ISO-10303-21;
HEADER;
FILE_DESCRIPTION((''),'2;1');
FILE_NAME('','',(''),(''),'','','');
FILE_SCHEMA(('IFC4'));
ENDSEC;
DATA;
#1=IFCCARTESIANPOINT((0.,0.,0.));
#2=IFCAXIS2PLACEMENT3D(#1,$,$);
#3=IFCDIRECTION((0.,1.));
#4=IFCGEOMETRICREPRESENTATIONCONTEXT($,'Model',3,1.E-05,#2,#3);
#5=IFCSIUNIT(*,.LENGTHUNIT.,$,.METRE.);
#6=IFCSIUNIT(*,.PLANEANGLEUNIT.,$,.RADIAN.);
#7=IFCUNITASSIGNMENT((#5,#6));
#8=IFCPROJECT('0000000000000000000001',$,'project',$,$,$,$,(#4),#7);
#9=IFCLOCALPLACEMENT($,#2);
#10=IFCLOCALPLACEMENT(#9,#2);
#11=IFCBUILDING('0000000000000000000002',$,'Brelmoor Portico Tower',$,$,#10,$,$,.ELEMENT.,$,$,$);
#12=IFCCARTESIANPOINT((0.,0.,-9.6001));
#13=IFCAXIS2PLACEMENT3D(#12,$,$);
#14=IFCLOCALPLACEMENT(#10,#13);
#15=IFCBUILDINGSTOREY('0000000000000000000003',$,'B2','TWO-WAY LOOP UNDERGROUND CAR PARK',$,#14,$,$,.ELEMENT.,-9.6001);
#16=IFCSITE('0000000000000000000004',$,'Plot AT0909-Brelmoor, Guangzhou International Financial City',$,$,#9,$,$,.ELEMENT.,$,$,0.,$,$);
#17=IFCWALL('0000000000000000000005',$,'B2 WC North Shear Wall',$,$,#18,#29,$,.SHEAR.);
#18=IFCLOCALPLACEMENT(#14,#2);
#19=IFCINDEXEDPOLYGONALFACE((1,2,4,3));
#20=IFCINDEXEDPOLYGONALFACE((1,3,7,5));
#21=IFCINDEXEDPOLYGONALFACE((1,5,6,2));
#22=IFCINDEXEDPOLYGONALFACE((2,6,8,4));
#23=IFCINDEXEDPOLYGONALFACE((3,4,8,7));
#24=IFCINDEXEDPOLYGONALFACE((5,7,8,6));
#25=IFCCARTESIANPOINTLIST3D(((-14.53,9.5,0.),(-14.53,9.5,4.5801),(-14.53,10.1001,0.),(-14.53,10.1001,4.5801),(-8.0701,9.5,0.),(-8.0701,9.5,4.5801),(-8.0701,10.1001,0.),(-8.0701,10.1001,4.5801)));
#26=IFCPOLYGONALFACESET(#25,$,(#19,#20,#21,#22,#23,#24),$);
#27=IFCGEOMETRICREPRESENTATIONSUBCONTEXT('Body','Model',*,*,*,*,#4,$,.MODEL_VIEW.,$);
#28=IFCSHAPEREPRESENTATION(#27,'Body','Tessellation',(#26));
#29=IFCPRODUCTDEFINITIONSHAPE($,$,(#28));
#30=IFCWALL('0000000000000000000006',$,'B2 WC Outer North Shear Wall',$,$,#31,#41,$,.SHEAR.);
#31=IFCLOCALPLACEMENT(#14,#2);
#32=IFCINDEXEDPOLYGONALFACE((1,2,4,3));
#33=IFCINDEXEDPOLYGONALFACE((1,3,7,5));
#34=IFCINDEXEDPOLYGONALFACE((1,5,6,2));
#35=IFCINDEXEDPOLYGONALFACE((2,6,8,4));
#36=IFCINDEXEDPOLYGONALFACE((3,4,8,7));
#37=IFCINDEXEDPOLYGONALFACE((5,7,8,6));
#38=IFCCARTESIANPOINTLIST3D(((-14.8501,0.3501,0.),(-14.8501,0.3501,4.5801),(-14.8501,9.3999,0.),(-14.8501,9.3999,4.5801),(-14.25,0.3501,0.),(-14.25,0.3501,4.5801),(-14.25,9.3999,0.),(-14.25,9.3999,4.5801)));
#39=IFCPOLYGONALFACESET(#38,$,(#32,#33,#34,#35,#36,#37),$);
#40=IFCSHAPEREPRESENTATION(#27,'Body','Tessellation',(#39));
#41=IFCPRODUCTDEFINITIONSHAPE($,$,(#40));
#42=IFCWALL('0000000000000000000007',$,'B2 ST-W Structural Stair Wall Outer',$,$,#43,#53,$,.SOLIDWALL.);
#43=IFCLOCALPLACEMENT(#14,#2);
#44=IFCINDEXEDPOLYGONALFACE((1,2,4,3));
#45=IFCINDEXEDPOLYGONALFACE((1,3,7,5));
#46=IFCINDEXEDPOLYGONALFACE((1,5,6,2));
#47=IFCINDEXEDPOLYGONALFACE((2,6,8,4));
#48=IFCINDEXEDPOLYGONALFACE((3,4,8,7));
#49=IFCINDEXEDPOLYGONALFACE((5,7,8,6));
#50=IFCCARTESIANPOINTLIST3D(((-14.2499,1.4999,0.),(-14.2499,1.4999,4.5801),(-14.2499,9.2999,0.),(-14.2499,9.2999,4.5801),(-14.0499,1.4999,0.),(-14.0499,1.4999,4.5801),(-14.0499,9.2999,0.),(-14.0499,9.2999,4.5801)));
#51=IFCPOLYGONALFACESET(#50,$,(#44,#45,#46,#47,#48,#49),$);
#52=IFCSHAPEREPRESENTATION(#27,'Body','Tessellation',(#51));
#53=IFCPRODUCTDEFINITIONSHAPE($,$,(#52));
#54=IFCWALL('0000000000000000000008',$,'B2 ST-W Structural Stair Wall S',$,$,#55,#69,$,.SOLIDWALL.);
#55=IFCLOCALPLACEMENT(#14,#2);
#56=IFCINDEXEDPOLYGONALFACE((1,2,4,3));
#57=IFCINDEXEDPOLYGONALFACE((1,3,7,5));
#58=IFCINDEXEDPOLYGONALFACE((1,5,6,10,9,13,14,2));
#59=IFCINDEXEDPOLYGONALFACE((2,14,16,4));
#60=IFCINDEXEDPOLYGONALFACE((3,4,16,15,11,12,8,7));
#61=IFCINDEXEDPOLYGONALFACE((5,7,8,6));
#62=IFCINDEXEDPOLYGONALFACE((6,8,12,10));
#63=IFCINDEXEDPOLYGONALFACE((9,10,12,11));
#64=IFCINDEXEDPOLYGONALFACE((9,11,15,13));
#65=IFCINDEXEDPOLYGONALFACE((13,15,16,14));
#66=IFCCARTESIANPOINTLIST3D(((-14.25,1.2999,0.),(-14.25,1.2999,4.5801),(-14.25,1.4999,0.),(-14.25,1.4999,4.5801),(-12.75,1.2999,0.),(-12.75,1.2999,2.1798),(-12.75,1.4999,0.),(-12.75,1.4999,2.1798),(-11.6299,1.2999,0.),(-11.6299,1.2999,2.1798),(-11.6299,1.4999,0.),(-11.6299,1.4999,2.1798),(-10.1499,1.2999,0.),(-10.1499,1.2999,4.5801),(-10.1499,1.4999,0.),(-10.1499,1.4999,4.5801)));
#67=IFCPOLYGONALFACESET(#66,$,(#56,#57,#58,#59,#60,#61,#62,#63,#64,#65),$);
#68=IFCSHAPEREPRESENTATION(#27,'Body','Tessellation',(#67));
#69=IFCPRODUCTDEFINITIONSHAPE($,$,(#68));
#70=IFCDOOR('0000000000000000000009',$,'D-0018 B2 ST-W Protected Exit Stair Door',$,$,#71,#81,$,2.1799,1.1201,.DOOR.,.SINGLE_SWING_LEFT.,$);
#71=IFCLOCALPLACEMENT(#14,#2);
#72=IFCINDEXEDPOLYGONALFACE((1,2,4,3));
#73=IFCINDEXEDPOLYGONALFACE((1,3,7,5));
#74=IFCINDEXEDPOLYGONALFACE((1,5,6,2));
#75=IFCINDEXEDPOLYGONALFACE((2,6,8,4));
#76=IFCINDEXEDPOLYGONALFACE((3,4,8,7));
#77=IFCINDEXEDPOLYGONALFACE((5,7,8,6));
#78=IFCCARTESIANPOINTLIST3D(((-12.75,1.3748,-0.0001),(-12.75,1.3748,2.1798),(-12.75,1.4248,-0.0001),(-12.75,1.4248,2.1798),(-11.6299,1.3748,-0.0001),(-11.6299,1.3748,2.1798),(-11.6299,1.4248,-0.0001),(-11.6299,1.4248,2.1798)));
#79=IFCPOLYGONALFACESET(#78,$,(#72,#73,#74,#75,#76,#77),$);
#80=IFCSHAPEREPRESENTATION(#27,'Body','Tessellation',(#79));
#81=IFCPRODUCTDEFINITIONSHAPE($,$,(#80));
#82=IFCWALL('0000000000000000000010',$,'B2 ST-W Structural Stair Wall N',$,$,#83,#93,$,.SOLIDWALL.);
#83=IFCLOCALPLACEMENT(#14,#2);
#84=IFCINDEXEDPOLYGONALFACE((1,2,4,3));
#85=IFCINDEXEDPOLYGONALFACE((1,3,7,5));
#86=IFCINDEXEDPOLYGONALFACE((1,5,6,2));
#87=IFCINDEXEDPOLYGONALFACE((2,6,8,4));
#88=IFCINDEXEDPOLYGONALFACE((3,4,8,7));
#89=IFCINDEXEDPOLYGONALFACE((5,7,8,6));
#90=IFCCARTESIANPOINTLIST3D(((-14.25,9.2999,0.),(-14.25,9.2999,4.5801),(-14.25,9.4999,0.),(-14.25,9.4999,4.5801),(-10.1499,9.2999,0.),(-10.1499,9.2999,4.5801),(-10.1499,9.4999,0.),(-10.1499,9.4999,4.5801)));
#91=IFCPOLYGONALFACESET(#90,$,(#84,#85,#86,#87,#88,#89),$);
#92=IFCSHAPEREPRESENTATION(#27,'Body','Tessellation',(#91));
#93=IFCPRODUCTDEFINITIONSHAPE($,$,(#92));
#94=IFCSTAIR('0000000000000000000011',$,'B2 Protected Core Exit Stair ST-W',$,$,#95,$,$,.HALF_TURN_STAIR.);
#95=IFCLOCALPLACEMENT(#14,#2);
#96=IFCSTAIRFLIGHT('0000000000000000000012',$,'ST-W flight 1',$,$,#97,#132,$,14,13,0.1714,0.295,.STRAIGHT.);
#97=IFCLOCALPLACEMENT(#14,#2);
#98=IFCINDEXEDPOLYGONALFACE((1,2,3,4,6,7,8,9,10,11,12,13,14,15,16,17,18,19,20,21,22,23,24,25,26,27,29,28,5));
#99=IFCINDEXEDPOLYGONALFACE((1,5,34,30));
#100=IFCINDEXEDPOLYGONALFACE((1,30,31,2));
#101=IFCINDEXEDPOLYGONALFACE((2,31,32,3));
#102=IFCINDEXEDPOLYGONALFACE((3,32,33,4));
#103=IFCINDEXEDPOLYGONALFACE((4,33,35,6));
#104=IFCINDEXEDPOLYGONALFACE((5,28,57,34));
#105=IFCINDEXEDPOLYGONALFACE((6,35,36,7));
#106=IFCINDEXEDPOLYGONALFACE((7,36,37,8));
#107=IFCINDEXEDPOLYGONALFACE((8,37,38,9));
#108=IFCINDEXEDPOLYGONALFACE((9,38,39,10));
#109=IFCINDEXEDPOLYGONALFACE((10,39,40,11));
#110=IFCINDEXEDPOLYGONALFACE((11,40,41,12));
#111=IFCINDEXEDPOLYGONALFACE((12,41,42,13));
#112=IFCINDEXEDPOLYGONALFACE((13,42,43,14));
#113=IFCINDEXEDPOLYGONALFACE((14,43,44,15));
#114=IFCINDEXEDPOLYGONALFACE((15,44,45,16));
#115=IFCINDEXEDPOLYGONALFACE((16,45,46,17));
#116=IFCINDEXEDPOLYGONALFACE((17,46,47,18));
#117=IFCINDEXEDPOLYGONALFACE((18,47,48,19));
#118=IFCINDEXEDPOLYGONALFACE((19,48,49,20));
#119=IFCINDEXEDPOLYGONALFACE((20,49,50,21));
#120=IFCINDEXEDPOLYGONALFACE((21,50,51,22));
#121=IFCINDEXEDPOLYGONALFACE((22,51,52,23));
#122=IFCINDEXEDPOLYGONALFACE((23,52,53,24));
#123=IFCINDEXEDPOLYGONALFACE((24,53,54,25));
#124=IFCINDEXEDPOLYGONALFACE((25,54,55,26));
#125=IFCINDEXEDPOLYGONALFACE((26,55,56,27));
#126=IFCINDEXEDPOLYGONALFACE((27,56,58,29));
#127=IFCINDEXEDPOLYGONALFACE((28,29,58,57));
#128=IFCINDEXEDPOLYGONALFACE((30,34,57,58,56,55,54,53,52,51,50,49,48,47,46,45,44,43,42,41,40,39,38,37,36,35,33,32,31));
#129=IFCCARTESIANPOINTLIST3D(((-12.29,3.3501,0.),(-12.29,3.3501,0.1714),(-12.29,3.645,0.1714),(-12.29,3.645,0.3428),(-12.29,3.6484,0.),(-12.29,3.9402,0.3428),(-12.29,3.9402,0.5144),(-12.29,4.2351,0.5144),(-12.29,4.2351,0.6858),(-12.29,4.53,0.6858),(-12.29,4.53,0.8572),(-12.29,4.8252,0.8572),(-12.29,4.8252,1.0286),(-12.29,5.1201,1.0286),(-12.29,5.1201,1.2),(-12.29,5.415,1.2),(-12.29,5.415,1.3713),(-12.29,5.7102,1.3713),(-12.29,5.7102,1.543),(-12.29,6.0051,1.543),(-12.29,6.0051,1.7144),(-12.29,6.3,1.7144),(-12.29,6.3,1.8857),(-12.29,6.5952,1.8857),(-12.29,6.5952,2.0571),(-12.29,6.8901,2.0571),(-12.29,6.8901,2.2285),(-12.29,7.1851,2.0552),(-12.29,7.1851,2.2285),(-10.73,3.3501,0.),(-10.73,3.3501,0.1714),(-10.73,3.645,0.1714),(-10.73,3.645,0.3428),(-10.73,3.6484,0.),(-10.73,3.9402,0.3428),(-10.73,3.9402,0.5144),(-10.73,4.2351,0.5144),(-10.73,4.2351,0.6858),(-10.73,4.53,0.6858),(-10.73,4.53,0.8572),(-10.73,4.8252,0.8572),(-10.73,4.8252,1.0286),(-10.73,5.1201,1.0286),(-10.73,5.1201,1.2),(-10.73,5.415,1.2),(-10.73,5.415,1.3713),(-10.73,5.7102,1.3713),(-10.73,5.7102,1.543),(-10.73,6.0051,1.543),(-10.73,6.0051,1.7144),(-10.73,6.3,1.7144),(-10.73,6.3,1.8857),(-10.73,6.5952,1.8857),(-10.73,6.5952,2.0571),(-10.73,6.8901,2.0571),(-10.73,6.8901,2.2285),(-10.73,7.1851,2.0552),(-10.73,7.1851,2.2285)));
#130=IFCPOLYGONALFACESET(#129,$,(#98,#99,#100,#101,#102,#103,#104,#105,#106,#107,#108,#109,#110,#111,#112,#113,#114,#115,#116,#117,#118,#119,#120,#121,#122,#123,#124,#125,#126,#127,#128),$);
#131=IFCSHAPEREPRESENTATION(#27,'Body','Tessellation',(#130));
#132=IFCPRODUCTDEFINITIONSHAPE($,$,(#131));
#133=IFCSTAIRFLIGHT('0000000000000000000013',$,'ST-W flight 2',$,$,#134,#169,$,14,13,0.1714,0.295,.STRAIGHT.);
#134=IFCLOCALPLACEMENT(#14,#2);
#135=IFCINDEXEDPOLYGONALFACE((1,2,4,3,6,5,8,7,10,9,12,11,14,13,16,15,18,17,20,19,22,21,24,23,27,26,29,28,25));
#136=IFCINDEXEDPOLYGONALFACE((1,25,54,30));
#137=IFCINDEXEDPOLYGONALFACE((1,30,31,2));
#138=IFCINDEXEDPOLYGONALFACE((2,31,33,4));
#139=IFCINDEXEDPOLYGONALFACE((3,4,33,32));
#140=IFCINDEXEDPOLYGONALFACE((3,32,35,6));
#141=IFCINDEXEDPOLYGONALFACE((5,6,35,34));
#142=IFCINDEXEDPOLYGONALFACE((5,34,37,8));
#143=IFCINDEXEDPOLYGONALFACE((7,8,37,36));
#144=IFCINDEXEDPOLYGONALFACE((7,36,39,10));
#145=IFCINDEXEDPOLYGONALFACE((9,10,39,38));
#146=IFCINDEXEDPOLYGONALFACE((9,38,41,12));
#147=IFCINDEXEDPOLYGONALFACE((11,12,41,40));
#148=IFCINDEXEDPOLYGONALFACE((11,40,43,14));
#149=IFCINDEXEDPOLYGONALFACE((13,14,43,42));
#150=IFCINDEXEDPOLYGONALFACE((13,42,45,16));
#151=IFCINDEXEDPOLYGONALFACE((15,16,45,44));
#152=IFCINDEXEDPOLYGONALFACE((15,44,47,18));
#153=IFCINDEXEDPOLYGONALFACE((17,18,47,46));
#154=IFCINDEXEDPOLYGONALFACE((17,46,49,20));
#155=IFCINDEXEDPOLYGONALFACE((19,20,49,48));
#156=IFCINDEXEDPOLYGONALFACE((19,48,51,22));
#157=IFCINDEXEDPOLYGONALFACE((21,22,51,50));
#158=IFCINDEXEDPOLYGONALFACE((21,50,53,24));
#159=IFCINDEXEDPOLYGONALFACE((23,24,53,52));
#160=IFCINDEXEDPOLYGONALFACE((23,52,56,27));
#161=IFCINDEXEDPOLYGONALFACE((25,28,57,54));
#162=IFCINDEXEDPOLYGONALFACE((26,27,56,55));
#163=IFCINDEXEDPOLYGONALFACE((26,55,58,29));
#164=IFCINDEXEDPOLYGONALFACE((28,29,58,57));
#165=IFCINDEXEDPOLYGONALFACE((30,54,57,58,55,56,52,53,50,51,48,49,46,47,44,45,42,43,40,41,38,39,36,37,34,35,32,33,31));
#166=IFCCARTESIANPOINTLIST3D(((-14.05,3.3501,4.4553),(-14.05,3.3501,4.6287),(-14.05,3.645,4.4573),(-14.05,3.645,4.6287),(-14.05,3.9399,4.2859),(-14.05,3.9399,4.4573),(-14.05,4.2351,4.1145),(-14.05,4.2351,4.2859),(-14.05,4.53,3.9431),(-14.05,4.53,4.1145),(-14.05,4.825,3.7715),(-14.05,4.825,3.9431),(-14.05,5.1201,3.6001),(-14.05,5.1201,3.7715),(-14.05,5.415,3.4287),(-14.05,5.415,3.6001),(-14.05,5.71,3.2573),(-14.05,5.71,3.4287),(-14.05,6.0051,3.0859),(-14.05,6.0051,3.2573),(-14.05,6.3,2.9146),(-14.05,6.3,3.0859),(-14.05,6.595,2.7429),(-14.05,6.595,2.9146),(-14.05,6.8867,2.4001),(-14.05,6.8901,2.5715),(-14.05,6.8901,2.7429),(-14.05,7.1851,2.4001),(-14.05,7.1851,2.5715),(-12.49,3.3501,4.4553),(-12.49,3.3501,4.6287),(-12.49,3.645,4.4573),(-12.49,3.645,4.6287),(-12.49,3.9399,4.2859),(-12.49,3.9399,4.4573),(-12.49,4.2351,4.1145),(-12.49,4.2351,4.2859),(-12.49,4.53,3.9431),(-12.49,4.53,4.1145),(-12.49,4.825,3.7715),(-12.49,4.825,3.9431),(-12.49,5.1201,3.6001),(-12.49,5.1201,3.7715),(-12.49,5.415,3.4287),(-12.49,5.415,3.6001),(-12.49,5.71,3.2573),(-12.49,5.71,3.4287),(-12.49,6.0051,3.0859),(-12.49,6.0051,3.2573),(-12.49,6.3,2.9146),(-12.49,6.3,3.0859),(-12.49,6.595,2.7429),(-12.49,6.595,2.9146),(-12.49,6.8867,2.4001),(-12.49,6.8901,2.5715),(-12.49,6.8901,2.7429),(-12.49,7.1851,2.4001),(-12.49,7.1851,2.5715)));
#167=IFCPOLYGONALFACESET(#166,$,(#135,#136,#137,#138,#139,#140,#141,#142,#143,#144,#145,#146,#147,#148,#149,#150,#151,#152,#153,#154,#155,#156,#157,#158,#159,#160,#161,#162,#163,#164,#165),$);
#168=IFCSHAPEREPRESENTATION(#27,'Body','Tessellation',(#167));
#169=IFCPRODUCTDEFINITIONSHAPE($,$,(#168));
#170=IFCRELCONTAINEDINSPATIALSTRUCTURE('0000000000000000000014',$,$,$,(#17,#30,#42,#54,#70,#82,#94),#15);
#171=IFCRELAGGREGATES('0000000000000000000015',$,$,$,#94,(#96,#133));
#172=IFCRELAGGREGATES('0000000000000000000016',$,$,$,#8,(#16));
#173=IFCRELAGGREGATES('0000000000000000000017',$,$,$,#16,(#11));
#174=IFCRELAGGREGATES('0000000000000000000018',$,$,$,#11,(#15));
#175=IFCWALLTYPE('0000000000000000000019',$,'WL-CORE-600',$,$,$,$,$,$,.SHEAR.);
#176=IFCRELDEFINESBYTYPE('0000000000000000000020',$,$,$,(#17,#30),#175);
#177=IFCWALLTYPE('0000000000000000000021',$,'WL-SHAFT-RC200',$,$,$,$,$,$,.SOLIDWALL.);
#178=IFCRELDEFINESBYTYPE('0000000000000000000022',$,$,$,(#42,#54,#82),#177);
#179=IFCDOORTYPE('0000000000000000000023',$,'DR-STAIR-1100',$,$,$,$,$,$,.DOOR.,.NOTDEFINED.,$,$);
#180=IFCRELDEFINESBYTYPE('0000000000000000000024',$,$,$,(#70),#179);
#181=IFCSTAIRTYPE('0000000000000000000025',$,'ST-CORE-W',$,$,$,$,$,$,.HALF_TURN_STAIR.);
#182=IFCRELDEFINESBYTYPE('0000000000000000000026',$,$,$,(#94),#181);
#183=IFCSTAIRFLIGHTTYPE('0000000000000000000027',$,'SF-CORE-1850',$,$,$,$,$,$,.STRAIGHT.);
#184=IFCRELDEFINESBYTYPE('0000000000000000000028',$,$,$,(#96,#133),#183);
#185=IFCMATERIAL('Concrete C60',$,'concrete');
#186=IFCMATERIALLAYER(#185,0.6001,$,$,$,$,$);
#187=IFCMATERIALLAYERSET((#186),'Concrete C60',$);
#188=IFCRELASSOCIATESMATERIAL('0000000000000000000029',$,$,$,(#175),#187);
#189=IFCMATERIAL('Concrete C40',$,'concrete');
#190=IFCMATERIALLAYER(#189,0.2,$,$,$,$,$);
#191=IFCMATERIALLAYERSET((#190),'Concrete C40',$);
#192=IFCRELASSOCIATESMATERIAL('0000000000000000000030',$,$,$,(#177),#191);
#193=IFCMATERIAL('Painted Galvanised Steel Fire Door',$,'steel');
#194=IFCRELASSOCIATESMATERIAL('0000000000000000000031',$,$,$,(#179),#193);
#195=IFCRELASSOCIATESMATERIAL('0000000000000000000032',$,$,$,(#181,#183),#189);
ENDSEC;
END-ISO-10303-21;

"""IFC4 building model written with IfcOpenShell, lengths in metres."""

from ifc_helpers import new_model, si_unit, direction, frame, frame_2d, origin, place, context, subcontext, project, spatial, polyline, rectangle, outline, extrude, material, layer, layer_set, type_object, element, fill, aggregate, save


model = new_model("IFC4")

# Units and contexts
model_context = context("Model", 3, precision=1e-05, world=origin(), true_north=direction((0.0, 1.0)))
body_context = subcontext(model_context, "Body", "Model", "MODEL_VIEW")
ifc_project = project(units=[si_unit("LENGTHUNIT", "METRE"), si_unit("PLANEANGLEUNIT", "RADIAN")], contexts=[model_context])

# Site, building, storey
site_placement = place(None, origin())
site = spatial("IfcSite", under=ifc_project, at=site_placement, Name="Plot AT0909-Brelmoor, Guangzhou International Financial City", CompositionType="ELEMENT", RefElevation=0.0)
building_placement = place(site_placement, origin())
building = spatial("IfcBuilding", under=site, at=building_placement, Name="Brelmoor Portico Tower", CompositionType="ELEMENT")
storey_placement = place(building_placement, frame((0.0, 0.0, -9.6001)))
storey = spatial("IfcBuildingStorey", under=building, at=storey_placement, Name="B2", Description="TWO-WAY LOOP UNDERGROUND CAR PARK", CompositionType="ELEMENT", Elevation=-9.6001)

# Walls
ifc_material_1 = material(Name="Concrete C60", Category="concrete")
ifc_layer_1 = layer(ifc_material_1, 0.6001)
ifc_layer_set_1 = layer_set([ifc_layer_1], Name="Concrete C60")
wall_type_1 = type_object("IfcWallType", Name="WL-CORE-600", PredefinedType="SHEAR", material=ifc_layer_set_1)
wall_1_placement = place(storey_placement, frame((-14.53, 9.8, 0.0), z_axis=(0.0, 0.0, 1.0), x_axis=(1.0, 0.0, 0.0)))
element("IfcWall", 1, at=wall_1_placement, inside=storey, type_object=wall_type_1, Name="B2 WC North Shear Wall", PredefinedType="SHEAR", context=body_context, shape_type="SweptSolid", body=[
    extrude(rectangle(XDim=6.46, YDim=0.6001, at=frame_2d((3.23, 0.0))), origin(), (0.0, 0.0, 1.0), 4.5801),
])
wall_2_placement = place(storey_placement, frame((-14.55, 0.3501, 0.0), z_axis=(0.0, 0.0, 1.0), x_axis=(0.0, 1.0, 0.0)))
element("IfcWall", 2, at=wall_2_placement, inside=storey, type_object=wall_type_1, Name="B2 WC Outer North Shear Wall", PredefinedType="SHEAR", context=body_context, shape_type="SweptSolid", body=[
    extrude(rectangle(XDim=9.0498, YDim=0.6001, at=frame_2d((4.5249, 0.0))), origin(), (0.0, 0.0, 1.0), 4.5801),
])
ifc_material_2 = material(Name="Concrete C40", Category="concrete")
ifc_layer_2 = layer(ifc_material_2, 0.2)
ifc_layer_set_2 = layer_set([ifc_layer_2], Name="Concrete C40")
wall_type_2 = type_object("IfcWallType", Name="WL-SHAFT-RC200", PredefinedType="SOLIDWALL", material=ifc_layer_set_2)
wall_3_placement = place(storey_placement, frame((-14.1499, 1.5, 0.0), z_axis=(0.0, 0.0, 1.0), x_axis=(0.0, 1.0, 0.0)))
element("IfcWall", 3, at=wall_3_placement, inside=storey, type_object=wall_type_2, Name="B2 ST-W Structural Stair Wall Outer", PredefinedType="SOLIDWALL", context=body_context, shape_type="SweptSolid", body=[
    extrude(rectangle(XDim=7.8, YDim=0.2, at=frame_2d((3.8999, 0.0))), origin(), (0.0, 0.0, 1.0), 4.5801),
])

# Wall, opening, door
wall_4_placement = place(storey_placement, frame((-14.25, 1.3999, 0.0), z_axis=(0.0, 0.0, 1.0), x_axis=(1.0, 0.0, 0.0)))
wall_4 = element("IfcWall", 4, at=wall_4_placement, inside=storey, type_object=wall_type_2, Name="B2 ST-W Structural Stair Wall S", PredefinedType="SOLIDWALL", context=body_context, shape_type="SweptSolid", body=[
    extrude(rectangle(XDim=4.1001, YDim=0.2, at=frame_2d((2.05, 0.0))), origin(), (0.0, 0.0, 1.0), 4.5801),
])
opening_placement = place(wall_4_placement, frame((1.5, 0.0, 0.0)))
opening = element("IfcOpeningElement", 5, at=opening_placement, cuts=wall_4, PredefinedType="OPENING", context=body_context, shape_type="SweptSolid", body=[
    extrude(rectangle(XDim=1.1201, YDim=2.1799, at=frame_2d((0.5601, 1.0898))), frame((0.0, 0.1099, 0.0), z_axis=(0.0, -1.0, 0.0), x_axis=(1.0, 0.0, 0.0)), (0.0, 0.0, 1.0), 0.22),
])
ifc_material_3 = material(Name="Painted Galvanised Steel Fire Door", Category="steel")
door_type = type_object("IfcDoorType", Name="DR-STAIR-1100", OperationType="NOTDEFINED", PredefinedType="DOOR", material=ifc_material_3)
door_placement = place(opening_placement, origin())
door = element("IfcDoor", 6, at=door_placement, inside=storey, type_object=door_type, Name="D-0018 B2 ST-W Protected Exit Stair Door", OperationType="SINGLE_SWING_LEFT", OverallHeight=2.1799, OverallWidth=1.1201, PredefinedType="DOOR", context=body_context, shape_type="SweptSolid", body=[
    extrude(rectangle(XDim=1.1201, YDim=2.1799, at=frame_2d((0.5601, 1.0898))), frame((0.0, 0.0249, 0.0), z_axis=(0.0, -1.0, 0.0), x_axis=(1.0, 0.0, 0.0)), (0.0, 0.0, 1.0), 0.05),
])
fill(opening, door)

# Wall
wall_5_placement = place(storey_placement, frame((-14.25, 9.3999, 0.0), z_axis=(0.0, 0.0, 1.0), x_axis=(1.0, 0.0, 0.0)))
element("IfcWall", 7, at=wall_5_placement, inside=storey, type_object=wall_type_2, Name="B2 ST-W Structural Stair Wall N", PredefinedType="SOLIDWALL", context=body_context, shape_type="SweptSolid", body=[
    extrude(rectangle(XDim=4.1001, YDim=0.2, at=frame_2d((2.05, 0.0))), origin(), (0.0, 0.0, 1.0), 4.5801),
])

# Stair, stair flights
stair_type = type_object("IfcStairType", Name="ST-CORE-W", PredefinedType="HALF_TURN_STAIR", material=ifc_material_2)
stair_placement = place(storey_placement, origin())
stair = element("IfcStair", 8, at=stair_placement, inside=storey, type_object=stair_type, Name="B2 Protected Core Exit Stair ST-W", PredefinedType="HALF_TURN_STAIR")
stair_flight_type = type_object("IfcStairFlightType", Name="SF-CORE-1850", PredefinedType="STRAIGHT", material=ifc_material_2)
stair_flight_1_placement = place(storey_placement, frame((-11.51, 3.3501, 0.0), z_axis=(0.0, 0.0, 1.0), x_axis=(0.0, 1.0, 0.0)))
stair_flight_1 = element("IfcStairFlight", 9, at=stair_flight_1_placement, type_object=stair_flight_type, Name="ST-W flight 1", NumberOfRisers=14, NumberOfTreads=13, PredefinedType="STRAIGHT", RiserHeight=0.1714, TreadLength=0.295, context=body_context, shape_type="SweptSolid", body=[
    extrude(outline(polyline([(0.0, 0.0), (0.0, 0.1714), (0.2949, 0.1714), (0.2949, 0.3428), (0.5901, 0.3428), (0.5901, 0.5144), (0.885, 0.5144), (0.885, 0.6858), (1.1799, 0.6858), (1.1799, 0.8572), (1.4751, 0.8572), (1.4751, 1.0286), (1.77, 1.0286), (1.77, 1.2), (2.0649, 1.2), (2.0649, 1.3713), (2.3601, 1.3713), (2.3601, 1.543), (2.655, 1.543), (2.655, 1.7144), (2.95, 1.7144), (2.95, 1.8857), (3.2451, 1.8857), (3.2451, 2.0571), (3.54, 2.0571), (3.54, 2.2285), (3.835, 2.2285), (3.835, 2.3999), (3.835, 2.0552), (0.2983, 0.0), (0.0, 0.0)])), frame((0.0, 0.78, 0.0), z_axis=(0.0, -1.0, 0.0), x_axis=(1.0, 0.0, 0.0)), (0.0, 0.0, 1.0), 1.5601),
])
stair_flight_2_placement = place(storey_placement, frame((-13.27, 7.1851, 2.4001), z_axis=(0.0, 0.0, 1.0), x_axis=(0.0, -1.0, 0.0)))
stair_flight_2 = element("IfcStairFlight", 10, at=stair_flight_2_placement, type_object=stair_flight_type, Name="ST-W flight 2", NumberOfRisers=14, NumberOfTreads=13, PredefinedType="STRAIGHT", RiserHeight=0.1714, TreadLength=0.295, context=body_context, shape_type="SweptSolid", body=[
    extrude(outline(polyline([(0.0, 0.0), (0.0, 0.1714), (0.2949, 0.1714), (0.2949, 0.3428), (0.5901, 0.3428), (0.5901, 0.5144), (0.885, 0.5144), (0.885, 0.6858), (1.1799, 0.6858), (1.1799, 0.8572), (1.4751, 0.8572), (1.4751, 1.0286), (1.77, 1.0286), (1.77, 1.2), (2.0649, 1.2), (2.0649, 1.3713), (2.3601, 1.3713), (2.3601, 1.543), (2.655, 1.543), (2.655, 1.7144), (2.95, 1.7144), (2.95, 1.8857), (3.2451, 1.8857), (3.2451, 2.0571), (3.54, 2.0571), (3.54, 2.2285), (3.835, 2.2285), (3.835, 2.3999), (3.835, 2.0552), (0.2983, 0.0), (0.0, 0.0)])), frame((0.0, 0.78, 0.0), z_axis=(0.0, -1.0, 0.0), x_axis=(1.0, 0.0, 0.0)), (0.0, 0.0, 1.0), 1.5601),
])
aggregate(stair, [stair_flight_1, stair_flight_2])

save(model, "model.ifc")
